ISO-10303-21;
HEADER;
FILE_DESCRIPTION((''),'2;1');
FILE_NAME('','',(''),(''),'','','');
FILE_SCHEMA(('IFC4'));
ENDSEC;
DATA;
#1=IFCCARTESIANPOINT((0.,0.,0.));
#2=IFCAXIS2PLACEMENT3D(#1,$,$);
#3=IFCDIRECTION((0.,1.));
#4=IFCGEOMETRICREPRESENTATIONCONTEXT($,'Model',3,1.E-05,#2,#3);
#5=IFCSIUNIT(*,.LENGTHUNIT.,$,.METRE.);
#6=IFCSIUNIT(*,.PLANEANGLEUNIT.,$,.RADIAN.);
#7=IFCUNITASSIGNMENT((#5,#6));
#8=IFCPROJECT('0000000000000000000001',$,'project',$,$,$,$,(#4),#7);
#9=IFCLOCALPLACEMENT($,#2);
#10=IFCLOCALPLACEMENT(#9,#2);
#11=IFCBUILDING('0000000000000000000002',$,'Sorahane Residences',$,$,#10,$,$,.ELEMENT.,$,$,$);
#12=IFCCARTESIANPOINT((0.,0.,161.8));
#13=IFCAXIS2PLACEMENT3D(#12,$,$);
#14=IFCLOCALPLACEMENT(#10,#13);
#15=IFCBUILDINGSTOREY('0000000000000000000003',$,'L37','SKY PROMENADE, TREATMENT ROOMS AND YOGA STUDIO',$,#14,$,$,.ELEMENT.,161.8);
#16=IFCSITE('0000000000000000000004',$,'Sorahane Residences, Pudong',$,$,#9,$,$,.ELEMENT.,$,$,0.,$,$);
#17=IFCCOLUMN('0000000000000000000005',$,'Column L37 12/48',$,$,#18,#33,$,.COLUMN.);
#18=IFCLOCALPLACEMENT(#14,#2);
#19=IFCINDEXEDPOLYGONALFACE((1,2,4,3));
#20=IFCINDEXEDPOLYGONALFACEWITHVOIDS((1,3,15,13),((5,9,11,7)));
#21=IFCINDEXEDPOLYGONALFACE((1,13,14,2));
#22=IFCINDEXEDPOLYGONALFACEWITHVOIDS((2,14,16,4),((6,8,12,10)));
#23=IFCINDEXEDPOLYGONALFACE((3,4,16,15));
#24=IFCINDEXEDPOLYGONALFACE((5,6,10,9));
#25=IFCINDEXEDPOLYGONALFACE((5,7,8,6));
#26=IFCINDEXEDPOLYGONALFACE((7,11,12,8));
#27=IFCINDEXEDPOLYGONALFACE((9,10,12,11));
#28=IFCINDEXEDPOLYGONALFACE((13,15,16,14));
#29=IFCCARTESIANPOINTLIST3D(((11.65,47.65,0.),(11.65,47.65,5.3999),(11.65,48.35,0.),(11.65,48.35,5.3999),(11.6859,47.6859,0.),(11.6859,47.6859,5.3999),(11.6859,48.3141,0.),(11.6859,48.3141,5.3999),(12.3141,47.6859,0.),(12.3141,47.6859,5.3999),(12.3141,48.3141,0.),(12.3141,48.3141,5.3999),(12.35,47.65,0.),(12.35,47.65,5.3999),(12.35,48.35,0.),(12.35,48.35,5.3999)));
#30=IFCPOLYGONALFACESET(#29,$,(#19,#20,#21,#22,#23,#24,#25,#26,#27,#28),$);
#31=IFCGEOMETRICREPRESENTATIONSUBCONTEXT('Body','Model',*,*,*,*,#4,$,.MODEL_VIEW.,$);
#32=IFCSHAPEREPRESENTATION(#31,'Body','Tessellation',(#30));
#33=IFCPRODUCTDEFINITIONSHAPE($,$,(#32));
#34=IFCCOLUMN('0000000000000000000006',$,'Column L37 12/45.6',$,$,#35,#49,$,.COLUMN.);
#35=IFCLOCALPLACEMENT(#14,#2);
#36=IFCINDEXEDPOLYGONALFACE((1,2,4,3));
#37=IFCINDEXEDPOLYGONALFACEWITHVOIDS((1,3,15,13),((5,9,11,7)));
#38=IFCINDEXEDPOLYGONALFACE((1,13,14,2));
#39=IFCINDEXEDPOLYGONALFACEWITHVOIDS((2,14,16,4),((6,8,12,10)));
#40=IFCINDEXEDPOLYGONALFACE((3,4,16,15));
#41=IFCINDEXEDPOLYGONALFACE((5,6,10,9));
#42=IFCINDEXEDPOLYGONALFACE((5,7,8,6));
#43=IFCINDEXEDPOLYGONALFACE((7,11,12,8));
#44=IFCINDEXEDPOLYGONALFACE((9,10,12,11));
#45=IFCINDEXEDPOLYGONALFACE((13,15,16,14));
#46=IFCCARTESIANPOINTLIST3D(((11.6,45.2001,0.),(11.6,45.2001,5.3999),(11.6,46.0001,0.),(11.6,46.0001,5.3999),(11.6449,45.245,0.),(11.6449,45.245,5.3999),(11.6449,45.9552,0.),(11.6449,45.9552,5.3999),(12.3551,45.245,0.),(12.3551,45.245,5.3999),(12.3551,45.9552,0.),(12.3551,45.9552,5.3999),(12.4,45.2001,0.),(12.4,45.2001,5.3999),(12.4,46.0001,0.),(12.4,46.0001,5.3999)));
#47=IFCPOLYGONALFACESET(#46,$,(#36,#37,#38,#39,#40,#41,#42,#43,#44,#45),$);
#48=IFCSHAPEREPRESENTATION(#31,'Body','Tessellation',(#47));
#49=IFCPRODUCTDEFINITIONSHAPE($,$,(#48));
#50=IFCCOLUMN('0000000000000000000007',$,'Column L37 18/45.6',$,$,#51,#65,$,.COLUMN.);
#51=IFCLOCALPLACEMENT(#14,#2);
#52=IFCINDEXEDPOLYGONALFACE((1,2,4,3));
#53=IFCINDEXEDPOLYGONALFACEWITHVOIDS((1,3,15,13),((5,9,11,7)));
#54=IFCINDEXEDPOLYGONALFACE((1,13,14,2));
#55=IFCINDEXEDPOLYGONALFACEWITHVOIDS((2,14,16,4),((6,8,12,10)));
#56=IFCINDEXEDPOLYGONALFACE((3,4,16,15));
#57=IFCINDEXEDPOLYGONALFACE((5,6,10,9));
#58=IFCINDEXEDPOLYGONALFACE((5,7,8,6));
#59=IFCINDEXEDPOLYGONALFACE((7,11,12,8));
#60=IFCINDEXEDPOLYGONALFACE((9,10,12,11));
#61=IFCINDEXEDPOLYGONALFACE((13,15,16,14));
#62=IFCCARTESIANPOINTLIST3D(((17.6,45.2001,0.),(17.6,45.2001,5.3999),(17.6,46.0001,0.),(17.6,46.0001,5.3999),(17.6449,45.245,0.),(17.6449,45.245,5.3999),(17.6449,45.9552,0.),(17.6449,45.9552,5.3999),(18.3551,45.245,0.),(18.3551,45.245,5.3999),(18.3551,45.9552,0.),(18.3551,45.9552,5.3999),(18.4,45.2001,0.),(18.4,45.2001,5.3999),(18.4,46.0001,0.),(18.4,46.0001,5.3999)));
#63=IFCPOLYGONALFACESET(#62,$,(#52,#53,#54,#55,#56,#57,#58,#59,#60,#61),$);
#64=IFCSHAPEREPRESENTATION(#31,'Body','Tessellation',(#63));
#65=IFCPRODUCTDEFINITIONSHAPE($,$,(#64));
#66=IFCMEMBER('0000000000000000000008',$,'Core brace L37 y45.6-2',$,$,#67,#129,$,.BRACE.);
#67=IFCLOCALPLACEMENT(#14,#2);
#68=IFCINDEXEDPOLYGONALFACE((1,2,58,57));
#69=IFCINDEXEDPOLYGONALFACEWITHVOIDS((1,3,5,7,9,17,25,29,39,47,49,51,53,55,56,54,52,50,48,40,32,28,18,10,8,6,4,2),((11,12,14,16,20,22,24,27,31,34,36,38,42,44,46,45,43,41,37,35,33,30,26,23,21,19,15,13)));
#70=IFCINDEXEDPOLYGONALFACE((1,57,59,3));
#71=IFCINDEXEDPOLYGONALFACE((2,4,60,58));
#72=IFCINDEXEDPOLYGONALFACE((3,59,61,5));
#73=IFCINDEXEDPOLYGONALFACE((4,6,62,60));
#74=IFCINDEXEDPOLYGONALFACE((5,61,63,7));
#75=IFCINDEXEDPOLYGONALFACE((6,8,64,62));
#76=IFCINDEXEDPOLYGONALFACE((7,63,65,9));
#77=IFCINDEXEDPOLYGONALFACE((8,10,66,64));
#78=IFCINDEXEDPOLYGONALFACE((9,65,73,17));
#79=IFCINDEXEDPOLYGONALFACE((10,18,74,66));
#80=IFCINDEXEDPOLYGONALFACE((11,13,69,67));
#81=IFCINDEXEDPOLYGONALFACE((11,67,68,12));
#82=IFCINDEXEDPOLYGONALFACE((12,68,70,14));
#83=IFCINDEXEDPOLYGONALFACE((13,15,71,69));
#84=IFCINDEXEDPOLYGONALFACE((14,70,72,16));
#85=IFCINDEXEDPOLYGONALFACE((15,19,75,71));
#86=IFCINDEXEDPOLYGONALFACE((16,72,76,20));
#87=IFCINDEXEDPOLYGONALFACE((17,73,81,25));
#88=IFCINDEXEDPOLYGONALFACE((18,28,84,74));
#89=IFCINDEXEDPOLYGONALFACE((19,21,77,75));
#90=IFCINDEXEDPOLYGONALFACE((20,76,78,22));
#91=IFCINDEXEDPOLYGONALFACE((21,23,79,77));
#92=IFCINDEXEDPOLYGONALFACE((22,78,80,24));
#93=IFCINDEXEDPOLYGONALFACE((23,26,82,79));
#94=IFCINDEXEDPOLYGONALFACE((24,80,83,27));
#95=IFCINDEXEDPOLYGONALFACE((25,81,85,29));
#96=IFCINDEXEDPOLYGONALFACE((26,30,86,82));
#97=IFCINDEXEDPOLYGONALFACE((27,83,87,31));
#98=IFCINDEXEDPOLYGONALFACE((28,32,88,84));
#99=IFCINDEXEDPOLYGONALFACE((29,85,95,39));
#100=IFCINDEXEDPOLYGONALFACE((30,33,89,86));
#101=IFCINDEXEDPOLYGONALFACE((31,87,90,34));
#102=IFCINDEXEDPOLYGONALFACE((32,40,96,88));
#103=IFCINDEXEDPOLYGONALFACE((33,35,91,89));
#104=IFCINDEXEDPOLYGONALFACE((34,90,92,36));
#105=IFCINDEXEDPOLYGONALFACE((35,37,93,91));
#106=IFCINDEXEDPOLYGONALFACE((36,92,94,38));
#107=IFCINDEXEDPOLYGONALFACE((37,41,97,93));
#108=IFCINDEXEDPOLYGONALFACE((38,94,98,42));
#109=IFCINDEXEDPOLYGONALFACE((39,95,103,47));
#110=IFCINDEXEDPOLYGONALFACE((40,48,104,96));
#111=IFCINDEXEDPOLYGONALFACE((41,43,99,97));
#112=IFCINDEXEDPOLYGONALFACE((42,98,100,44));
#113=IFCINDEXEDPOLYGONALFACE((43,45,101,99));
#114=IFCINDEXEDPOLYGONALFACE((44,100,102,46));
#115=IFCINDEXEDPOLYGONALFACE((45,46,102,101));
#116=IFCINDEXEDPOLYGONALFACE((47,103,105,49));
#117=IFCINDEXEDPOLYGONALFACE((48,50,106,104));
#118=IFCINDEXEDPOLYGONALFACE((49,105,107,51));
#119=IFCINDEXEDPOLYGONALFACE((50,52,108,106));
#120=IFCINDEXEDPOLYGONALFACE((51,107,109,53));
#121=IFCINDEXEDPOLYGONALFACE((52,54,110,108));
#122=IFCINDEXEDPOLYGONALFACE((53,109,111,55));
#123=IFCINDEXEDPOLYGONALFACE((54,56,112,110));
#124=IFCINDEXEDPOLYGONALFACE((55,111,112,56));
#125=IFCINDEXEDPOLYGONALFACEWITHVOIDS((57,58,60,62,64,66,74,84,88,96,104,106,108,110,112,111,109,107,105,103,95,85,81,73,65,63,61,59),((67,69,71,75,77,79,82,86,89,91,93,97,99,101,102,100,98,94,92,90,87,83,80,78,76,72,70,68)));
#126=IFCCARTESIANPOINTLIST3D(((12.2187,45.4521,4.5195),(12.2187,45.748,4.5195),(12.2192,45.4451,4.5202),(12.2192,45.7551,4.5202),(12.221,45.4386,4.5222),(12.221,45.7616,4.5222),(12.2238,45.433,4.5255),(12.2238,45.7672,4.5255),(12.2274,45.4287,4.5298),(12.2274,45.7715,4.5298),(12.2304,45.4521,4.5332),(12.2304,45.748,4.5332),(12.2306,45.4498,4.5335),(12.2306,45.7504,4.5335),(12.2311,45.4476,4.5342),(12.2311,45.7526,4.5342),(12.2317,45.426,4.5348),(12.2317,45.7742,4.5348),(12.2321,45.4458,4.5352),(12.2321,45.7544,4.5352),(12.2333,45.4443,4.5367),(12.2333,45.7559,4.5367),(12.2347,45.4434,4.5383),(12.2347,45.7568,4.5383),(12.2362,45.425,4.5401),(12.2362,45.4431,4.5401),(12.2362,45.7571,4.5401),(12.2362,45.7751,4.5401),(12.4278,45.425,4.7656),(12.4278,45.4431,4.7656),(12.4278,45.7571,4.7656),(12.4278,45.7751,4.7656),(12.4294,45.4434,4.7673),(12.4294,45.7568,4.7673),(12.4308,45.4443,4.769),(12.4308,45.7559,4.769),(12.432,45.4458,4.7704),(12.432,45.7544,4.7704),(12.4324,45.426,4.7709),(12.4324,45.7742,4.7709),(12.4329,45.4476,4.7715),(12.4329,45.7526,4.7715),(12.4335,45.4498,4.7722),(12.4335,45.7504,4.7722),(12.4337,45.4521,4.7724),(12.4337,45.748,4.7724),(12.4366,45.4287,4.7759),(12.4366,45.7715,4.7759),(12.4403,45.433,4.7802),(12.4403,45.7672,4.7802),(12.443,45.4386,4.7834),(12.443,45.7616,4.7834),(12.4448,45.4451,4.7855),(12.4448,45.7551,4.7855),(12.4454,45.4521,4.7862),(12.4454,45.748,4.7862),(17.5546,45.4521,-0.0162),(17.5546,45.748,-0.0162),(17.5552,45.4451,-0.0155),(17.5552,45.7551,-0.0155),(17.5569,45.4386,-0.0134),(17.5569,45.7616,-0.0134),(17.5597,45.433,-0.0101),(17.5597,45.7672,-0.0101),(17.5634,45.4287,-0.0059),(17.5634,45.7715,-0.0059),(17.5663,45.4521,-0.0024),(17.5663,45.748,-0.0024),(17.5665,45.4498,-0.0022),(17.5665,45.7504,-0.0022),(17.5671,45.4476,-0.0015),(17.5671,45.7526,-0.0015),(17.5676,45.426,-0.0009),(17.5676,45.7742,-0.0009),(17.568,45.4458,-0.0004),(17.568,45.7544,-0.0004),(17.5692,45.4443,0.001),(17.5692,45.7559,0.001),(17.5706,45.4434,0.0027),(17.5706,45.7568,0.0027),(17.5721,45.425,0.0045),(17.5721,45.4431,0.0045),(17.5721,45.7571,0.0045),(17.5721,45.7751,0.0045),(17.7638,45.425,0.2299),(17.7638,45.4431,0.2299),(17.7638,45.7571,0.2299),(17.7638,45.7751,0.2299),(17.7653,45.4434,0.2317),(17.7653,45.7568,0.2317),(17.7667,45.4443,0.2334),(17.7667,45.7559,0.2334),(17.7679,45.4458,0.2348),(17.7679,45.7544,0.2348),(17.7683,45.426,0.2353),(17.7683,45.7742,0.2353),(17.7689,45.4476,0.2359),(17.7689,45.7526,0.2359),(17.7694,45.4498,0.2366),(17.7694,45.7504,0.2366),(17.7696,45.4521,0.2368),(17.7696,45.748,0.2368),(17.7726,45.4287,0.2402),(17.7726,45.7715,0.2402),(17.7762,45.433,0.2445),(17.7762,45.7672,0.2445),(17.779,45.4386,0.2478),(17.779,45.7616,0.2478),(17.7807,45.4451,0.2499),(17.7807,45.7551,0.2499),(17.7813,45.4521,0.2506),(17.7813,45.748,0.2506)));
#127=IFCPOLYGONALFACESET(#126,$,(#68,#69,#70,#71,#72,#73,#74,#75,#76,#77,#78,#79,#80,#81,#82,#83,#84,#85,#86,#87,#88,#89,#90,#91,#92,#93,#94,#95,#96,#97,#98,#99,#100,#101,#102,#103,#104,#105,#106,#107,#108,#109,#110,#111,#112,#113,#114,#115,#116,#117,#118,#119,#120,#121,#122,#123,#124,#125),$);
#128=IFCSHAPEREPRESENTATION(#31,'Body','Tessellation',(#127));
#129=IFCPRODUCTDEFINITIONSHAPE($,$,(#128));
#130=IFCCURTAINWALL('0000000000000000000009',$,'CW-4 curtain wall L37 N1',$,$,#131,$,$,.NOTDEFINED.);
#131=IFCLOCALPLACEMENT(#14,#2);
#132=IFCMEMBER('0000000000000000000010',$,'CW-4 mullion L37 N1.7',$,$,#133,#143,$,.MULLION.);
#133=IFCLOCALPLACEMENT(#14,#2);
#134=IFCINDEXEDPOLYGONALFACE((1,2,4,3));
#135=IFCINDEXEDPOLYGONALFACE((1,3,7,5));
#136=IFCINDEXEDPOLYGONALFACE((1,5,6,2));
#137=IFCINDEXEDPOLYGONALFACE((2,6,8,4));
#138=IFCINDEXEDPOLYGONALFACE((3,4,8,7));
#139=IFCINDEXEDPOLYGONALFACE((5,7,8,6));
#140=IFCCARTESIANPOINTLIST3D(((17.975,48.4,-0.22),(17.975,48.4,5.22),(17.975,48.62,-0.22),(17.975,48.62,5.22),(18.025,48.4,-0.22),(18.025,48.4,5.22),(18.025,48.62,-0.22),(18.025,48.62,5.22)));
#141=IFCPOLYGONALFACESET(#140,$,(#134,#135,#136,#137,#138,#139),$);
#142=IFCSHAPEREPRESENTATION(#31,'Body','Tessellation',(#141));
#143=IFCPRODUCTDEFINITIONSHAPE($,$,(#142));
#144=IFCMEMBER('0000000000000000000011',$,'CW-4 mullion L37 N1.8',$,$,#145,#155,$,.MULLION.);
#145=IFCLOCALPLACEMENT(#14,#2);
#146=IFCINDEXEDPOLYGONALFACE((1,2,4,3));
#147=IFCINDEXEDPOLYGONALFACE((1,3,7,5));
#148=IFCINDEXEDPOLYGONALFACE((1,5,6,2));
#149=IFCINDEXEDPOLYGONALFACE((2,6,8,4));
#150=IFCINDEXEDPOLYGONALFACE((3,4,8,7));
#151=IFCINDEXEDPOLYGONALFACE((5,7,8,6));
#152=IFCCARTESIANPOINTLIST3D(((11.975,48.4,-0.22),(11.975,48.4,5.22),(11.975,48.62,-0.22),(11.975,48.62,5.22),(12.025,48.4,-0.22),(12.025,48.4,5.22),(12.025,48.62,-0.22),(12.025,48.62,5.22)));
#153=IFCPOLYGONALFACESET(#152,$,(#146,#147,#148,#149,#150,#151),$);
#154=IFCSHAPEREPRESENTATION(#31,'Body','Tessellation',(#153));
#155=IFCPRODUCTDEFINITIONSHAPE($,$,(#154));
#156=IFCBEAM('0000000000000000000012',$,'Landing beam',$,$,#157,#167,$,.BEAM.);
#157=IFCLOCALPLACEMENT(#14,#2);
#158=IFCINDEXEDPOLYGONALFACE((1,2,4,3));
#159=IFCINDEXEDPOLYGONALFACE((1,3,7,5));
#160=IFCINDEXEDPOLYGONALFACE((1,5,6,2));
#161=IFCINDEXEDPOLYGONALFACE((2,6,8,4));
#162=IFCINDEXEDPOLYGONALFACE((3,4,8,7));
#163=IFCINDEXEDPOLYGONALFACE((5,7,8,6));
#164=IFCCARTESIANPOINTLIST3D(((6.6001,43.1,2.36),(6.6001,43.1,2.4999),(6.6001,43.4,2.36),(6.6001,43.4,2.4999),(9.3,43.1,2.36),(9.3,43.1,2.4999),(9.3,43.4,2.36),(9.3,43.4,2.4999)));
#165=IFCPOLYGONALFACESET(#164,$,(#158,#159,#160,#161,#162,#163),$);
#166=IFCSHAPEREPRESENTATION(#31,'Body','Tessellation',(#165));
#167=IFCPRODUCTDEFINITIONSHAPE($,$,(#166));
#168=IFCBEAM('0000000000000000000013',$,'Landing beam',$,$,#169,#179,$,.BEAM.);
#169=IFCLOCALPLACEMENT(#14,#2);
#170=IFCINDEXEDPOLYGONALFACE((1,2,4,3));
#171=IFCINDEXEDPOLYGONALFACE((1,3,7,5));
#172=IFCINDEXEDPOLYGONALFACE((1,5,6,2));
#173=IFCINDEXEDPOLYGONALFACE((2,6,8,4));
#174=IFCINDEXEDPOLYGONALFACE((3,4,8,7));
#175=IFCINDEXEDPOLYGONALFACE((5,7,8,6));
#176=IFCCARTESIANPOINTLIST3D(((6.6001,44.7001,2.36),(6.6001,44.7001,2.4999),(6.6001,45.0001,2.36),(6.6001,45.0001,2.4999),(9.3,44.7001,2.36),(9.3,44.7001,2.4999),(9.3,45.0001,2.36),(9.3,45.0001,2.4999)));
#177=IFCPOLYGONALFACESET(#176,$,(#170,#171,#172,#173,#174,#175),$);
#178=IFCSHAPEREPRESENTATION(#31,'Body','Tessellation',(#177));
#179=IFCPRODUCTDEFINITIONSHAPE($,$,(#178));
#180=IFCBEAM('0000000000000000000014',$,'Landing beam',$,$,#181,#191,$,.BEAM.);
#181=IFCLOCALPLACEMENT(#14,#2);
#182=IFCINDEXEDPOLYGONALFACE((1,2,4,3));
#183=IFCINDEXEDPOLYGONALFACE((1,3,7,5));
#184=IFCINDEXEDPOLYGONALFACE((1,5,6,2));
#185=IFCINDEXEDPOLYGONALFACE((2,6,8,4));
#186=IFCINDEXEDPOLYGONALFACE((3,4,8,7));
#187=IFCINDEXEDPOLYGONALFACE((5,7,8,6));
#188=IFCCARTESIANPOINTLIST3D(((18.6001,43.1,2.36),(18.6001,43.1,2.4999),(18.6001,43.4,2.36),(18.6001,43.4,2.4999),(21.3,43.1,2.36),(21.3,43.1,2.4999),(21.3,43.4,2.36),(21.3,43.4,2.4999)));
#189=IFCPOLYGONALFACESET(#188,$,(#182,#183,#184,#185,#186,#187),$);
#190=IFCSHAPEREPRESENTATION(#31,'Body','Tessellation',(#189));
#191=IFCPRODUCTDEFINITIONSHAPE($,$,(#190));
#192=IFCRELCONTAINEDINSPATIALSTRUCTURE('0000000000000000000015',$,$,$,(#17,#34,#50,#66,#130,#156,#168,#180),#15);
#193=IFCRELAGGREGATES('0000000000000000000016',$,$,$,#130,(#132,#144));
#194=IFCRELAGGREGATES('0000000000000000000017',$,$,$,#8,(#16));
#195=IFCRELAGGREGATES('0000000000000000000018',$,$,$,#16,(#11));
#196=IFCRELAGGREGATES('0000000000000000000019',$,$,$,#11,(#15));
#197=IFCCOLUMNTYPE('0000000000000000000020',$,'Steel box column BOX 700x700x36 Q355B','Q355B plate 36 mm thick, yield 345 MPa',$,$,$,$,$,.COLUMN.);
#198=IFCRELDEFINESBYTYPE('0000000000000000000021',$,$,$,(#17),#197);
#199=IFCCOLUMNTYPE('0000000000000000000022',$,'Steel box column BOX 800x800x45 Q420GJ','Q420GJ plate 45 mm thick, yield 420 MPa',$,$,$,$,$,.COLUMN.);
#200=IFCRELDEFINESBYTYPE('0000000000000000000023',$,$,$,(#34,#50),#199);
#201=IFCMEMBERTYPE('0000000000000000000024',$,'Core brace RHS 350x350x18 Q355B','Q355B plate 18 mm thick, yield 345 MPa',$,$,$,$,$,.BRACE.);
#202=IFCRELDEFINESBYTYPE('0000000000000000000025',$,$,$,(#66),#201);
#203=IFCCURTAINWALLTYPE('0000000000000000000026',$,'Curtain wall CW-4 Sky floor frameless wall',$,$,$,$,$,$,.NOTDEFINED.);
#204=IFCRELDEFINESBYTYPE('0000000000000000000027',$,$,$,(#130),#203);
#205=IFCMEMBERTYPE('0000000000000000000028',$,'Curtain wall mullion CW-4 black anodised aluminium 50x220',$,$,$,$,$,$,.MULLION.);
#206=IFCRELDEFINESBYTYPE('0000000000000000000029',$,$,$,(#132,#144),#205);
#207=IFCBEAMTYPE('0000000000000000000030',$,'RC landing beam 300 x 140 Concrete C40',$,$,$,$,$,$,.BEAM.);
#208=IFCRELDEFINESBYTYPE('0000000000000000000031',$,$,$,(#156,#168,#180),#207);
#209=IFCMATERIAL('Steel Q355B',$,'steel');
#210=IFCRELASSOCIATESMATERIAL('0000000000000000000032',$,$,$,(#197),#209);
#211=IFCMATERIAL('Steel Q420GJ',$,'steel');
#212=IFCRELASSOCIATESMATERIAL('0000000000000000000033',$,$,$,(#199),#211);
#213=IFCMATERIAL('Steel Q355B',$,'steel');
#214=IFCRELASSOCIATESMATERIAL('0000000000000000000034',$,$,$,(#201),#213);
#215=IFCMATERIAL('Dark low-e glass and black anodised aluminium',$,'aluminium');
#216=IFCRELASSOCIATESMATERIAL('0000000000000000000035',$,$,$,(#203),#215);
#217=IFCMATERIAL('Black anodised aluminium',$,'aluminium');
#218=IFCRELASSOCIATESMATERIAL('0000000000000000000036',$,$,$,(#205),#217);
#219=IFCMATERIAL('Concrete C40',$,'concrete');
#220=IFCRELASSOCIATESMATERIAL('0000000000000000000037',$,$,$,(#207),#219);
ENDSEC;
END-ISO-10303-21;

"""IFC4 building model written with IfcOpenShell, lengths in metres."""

from ifc_helpers import new_model, si_unit, direction, frame, origin, origin_2d, place, context, subcontext, project, spatial, rectangle, hollow_rectangle, extrude, material, material_profile, profile_set, type_object, element, aggregate, save


model = new_model("IFC4")

# Units and contexts
model_context = context("Model", 3, precision=1e-05, world=origin(), true_north=direction((0.0, 1.0)))
body_context = subcontext(model_context, "Body", "Model", "MODEL_VIEW")
ifc_project = project(units=[si_unit("LENGTHUNIT", "METRE"), si_unit("PLANEANGLEUNIT", "RADIAN")], contexts=[model_context])

# Site, building, storey
site_placement = place(None, origin())
site = spatial("IfcSite", under=ifc_project, at=site_placement, Name="Sorahane Residences, Pudong", CompositionType="ELEMENT", RefElevation=0.0)
building_placement = place(site_placement, origin())
building = spatial("IfcBuilding", under=site, at=building_placement, Name="Sorahane Residences", CompositionType="ELEMENT")
storey_placement = place(building_placement, frame((0.0, 0.0, 161.8)))
storey = spatial("IfcBuildingStorey", under=building, at=storey_placement, Name="L37", Description="SKY PROMENADE, TREATMENT ROOMS AND YOGA STUDIO", CompositionType="ELEMENT", Elevation=161.8)

# Columns
ifc_material_1 = material(Name="Steel Q355B", Category="steel")
ifc_material_profile_1 = material_profile(ifc_material_1, hollow_rectangle(XDim=0.7, YDim=0.7, WallThickness=0.0359, at=origin_2d()), Name="BOX 700x700x36")
ifc_profile_set_1 = profile_set([ifc_material_profile_1], Name="Steel Q355B")
column_type_1 = type_object("IfcColumnType", Name="Steel box column BOX 700x700x36 Q355B", Description="Q355B plate 36 mm thick, yield 345 MPa", PredefinedType="COLUMN", material=ifc_profile_set_1)
column_placement = place(storey_placement, frame((12.0, 48.0, 0.0), z_axis=(0.0, 0.0, 1.0), x_axis=(1.0, 0.0, 0.0)))
element("IfcColumn", 1, at=column_placement, inside=storey, type_object=column_type_1, Name="Column L37 12/48", PredefinedType="COLUMN", context=body_context, shape_type="SweptSolid", body=[
    extrude(hollow_rectangle(XDim=0.7, YDim=0.7, WallThickness=0.0359, at=origin_2d()), origin(), (0.0, 0.0, 1.0), 5.3999),
])
ifc_material_2 = material(Name="Steel Q420GJ", Category="steel")
ifc_material_profile_2 = material_profile(ifc_material_2, hollow_rectangle(XDim=0.8, YDim=0.8, WallThickness=0.0449, at=origin_2d()), Name="BOX 800x800x45")
ifc_profile_set_2 = profile_set([ifc_material_profile_2], Name="Steel Q420GJ")
column_type_2 = type_object("IfcColumnType", Name="Steel box column BOX 800x800x45 Q420GJ", Description="Q420GJ plate 45 mm thick, yield 420 MPa", PredefinedType="COLUMN", material=ifc_profile_set_2)
for number, where, z_axis, x_axis, name in (
    (2, (12.0, 45.6001, 0.0), (0.0, 0.0, 1.0), (1.0, 0.0, 0.0), "Column L37 12/45.6"),
    (3, (18.0, 45.6001, 0.0), (0.0, 0.0, 1.0), (1.0, 0.0, 0.0), "Column L37 18/45.6"),
):
    element("IfcColumn", number, at=place(storey_placement, frame(where, z_axis=z_axis, x_axis=x_axis)), inside=storey, type_object=column_type_2, Name=name, PredefinedType="COLUMN", context=body_context, shape_type="SweptSolid", body=[
        extrude(hollow_rectangle(XDim=0.8, YDim=0.8, WallThickness=0.0449, at=origin_2d()), origin(), (0.0, 0.0, 1.0), 5.3999),
    ])

# Member
ifc_material_3 = material(Name="Steel Q355B", Category="steel")
ifc_material_profile_3 = material_profile(ifc_material_3, hollow_rectangle(XDim=0.3501, YDim=0.3501, WallThickness=0.0181, InnerFilletRadius=0.009, OuterFilletRadius=0.0271, at=origin_2d()), Name="RHS 350x350x18")
ifc_profile_set_3 = profile_set([ifc_material_profile_3], Name="Steel Q355B")
member_type_1 = type_object("IfcMemberType", Name="Core brace RHS 350x350x18 Q355B", Description="Q355B plate 18 mm thick, yield 345 MPa", PredefinedType="BRACE", material=ifc_profile_set_3)
member_1_placement = place(storey_placement, frame((17.668, 45.6001, 0.1172), z_axis=(-0.761932, 0.0, 0.647657), x_axis=(0.0, -1.0, 0.0)))
element("IfcMember", 4, at=member_1_placement, inside=storey, type_object=member_type_1, Name="Core brace L37 y45.6-2", PredefinedType="BRACE", context=body_context, shape_type="SweptSolid", body=[
    extrude(hollow_rectangle(XDim=0.3501, YDim=0.3501, WallThickness=0.0181, InnerFilletRadius=0.009, OuterFilletRadius=0.0271, at=origin_2d()), origin(), (0.0, 0.0, 1.0), 7.0032),
])

# Curtain wall, members
ifc_material_4 = material(Name="Dark low-e glass and black anodised aluminium", Category="aluminium")
curtain_wall_type = type_object("IfcCurtainWallType", Name="Curtain wall CW-4 Sky floor frameless wall", PredefinedType="NOTDEFINED", material=ifc_material_4)
curtain_wall_placement = place(storey_placement, origin())
curtain_wall = element("IfcCurtainWall", 5, at=curtain_wall_placement, inside=storey, type_object=curtain_wall_type, Name="CW-4 curtain wall L37 N1", PredefinedType="NOTDEFINED")
ifc_material_5 = material(Name="Black anodised aluminium", Category="aluminium")
ifc_material_profile_4 = material_profile(ifc_material_5, rectangle(XDim=0.22, YDim=0.05, at=origin_2d()), Name="Curtain wall mullion CW-4 black anodised aluminium 50x220")
ifc_profile_set_4 = profile_set([ifc_material_profile_4], Name="Black anodised aluminium")
member_type_2 = type_object("IfcMemberType", Name="Curtain wall mullion CW-4 black anodised aluminium 50x220", PredefinedType="MULLION", material=ifc_profile_set_4)
member_2_placement = place(storey_placement, frame((18.0, 48.51, -0.22), z_axis=(0.0, 0.0, 1.0), x_axis=(0.0, 1.0, 0.0)))
member_2 = element("IfcMember", 6, at=member_2_placement, type_object=member_type_2, Name="CW-4 mullion L37 N1.7", PredefinedType="MULLION", context=body_context, shape_type="SweptSolid", body=[
    extrude(rectangle(XDim=0.22, YDim=0.05, at=origin_2d()), origin(), (0.0, 0.0, 1.0), 5.4399),
])
member_3_placement = place(storey_placement, frame((12.0, 48.51, -0.22), z_axis=(0.0, 0.0, 1.0), x_axis=(0.0, 1.0, 0.0)))
member_3 = element("IfcMember", 7, at=member_3_placement, type_object=member_type_2, Name="CW-4 mullion L37 N1.8", PredefinedType="MULLION", context=body_context, shape_type="SweptSolid", body=[
    extrude(rectangle(XDim=0.22, YDim=0.05, at=origin_2d()), origin(), (0.0, 0.0, 1.0), 5.4399),
])

# Beams
ifc_material_6 = material(Name="Concrete C40", Category="concrete")
ifc_material_profile_5 = material_profile(ifc_material_6, rectangle(XDim=0.3, YDim=0.1399, at=origin_2d()), Name="300x140")
ifc_profile_set_5 = profile_set([ifc_material_profile_5], Name="Concrete C40")
beam_type_1 = type_object("IfcBeamType", Name="RC landing beam 300 x 140 Concrete C40", PredefinedType="BEAM", material=ifc_profile_set_5)
for number, where, z_axis, x_axis, name in (
    (8, (6.6001, 43.25, 2.4299), (1.0, 0.0, 0.0), (0.0, 1.0, 0.0), "Landing beam"),
    (9, (6.6001, 44.8501, 2.4299), (1.0, 0.0, 0.0), (0.0, 1.0, 0.0), "Landing beam"),
    (10, (18.6001, 43.25, 2.4299), (1.0, 0.0, 0.0), (0.0, 1.0, 0.0), "Landing beam"),
):
    element("IfcBeam", number, at=place(storey_placement, frame(where, z_axis=z_axis, x_axis=x_axis)), inside=storey, type_object=beam_type_1, Name=name, PredefinedType="BEAM", context=body_context, shape_type="SweptSolid", body=[
        extrude(rectangle(XDim=0.3, YDim=0.1399, at=origin_2d()), origin(), (0.0, 0.0, 1.0), 2.7),
    ])

aggregate(curtain_wall, [member_2, member_3])

save(model, "model.ifc")
